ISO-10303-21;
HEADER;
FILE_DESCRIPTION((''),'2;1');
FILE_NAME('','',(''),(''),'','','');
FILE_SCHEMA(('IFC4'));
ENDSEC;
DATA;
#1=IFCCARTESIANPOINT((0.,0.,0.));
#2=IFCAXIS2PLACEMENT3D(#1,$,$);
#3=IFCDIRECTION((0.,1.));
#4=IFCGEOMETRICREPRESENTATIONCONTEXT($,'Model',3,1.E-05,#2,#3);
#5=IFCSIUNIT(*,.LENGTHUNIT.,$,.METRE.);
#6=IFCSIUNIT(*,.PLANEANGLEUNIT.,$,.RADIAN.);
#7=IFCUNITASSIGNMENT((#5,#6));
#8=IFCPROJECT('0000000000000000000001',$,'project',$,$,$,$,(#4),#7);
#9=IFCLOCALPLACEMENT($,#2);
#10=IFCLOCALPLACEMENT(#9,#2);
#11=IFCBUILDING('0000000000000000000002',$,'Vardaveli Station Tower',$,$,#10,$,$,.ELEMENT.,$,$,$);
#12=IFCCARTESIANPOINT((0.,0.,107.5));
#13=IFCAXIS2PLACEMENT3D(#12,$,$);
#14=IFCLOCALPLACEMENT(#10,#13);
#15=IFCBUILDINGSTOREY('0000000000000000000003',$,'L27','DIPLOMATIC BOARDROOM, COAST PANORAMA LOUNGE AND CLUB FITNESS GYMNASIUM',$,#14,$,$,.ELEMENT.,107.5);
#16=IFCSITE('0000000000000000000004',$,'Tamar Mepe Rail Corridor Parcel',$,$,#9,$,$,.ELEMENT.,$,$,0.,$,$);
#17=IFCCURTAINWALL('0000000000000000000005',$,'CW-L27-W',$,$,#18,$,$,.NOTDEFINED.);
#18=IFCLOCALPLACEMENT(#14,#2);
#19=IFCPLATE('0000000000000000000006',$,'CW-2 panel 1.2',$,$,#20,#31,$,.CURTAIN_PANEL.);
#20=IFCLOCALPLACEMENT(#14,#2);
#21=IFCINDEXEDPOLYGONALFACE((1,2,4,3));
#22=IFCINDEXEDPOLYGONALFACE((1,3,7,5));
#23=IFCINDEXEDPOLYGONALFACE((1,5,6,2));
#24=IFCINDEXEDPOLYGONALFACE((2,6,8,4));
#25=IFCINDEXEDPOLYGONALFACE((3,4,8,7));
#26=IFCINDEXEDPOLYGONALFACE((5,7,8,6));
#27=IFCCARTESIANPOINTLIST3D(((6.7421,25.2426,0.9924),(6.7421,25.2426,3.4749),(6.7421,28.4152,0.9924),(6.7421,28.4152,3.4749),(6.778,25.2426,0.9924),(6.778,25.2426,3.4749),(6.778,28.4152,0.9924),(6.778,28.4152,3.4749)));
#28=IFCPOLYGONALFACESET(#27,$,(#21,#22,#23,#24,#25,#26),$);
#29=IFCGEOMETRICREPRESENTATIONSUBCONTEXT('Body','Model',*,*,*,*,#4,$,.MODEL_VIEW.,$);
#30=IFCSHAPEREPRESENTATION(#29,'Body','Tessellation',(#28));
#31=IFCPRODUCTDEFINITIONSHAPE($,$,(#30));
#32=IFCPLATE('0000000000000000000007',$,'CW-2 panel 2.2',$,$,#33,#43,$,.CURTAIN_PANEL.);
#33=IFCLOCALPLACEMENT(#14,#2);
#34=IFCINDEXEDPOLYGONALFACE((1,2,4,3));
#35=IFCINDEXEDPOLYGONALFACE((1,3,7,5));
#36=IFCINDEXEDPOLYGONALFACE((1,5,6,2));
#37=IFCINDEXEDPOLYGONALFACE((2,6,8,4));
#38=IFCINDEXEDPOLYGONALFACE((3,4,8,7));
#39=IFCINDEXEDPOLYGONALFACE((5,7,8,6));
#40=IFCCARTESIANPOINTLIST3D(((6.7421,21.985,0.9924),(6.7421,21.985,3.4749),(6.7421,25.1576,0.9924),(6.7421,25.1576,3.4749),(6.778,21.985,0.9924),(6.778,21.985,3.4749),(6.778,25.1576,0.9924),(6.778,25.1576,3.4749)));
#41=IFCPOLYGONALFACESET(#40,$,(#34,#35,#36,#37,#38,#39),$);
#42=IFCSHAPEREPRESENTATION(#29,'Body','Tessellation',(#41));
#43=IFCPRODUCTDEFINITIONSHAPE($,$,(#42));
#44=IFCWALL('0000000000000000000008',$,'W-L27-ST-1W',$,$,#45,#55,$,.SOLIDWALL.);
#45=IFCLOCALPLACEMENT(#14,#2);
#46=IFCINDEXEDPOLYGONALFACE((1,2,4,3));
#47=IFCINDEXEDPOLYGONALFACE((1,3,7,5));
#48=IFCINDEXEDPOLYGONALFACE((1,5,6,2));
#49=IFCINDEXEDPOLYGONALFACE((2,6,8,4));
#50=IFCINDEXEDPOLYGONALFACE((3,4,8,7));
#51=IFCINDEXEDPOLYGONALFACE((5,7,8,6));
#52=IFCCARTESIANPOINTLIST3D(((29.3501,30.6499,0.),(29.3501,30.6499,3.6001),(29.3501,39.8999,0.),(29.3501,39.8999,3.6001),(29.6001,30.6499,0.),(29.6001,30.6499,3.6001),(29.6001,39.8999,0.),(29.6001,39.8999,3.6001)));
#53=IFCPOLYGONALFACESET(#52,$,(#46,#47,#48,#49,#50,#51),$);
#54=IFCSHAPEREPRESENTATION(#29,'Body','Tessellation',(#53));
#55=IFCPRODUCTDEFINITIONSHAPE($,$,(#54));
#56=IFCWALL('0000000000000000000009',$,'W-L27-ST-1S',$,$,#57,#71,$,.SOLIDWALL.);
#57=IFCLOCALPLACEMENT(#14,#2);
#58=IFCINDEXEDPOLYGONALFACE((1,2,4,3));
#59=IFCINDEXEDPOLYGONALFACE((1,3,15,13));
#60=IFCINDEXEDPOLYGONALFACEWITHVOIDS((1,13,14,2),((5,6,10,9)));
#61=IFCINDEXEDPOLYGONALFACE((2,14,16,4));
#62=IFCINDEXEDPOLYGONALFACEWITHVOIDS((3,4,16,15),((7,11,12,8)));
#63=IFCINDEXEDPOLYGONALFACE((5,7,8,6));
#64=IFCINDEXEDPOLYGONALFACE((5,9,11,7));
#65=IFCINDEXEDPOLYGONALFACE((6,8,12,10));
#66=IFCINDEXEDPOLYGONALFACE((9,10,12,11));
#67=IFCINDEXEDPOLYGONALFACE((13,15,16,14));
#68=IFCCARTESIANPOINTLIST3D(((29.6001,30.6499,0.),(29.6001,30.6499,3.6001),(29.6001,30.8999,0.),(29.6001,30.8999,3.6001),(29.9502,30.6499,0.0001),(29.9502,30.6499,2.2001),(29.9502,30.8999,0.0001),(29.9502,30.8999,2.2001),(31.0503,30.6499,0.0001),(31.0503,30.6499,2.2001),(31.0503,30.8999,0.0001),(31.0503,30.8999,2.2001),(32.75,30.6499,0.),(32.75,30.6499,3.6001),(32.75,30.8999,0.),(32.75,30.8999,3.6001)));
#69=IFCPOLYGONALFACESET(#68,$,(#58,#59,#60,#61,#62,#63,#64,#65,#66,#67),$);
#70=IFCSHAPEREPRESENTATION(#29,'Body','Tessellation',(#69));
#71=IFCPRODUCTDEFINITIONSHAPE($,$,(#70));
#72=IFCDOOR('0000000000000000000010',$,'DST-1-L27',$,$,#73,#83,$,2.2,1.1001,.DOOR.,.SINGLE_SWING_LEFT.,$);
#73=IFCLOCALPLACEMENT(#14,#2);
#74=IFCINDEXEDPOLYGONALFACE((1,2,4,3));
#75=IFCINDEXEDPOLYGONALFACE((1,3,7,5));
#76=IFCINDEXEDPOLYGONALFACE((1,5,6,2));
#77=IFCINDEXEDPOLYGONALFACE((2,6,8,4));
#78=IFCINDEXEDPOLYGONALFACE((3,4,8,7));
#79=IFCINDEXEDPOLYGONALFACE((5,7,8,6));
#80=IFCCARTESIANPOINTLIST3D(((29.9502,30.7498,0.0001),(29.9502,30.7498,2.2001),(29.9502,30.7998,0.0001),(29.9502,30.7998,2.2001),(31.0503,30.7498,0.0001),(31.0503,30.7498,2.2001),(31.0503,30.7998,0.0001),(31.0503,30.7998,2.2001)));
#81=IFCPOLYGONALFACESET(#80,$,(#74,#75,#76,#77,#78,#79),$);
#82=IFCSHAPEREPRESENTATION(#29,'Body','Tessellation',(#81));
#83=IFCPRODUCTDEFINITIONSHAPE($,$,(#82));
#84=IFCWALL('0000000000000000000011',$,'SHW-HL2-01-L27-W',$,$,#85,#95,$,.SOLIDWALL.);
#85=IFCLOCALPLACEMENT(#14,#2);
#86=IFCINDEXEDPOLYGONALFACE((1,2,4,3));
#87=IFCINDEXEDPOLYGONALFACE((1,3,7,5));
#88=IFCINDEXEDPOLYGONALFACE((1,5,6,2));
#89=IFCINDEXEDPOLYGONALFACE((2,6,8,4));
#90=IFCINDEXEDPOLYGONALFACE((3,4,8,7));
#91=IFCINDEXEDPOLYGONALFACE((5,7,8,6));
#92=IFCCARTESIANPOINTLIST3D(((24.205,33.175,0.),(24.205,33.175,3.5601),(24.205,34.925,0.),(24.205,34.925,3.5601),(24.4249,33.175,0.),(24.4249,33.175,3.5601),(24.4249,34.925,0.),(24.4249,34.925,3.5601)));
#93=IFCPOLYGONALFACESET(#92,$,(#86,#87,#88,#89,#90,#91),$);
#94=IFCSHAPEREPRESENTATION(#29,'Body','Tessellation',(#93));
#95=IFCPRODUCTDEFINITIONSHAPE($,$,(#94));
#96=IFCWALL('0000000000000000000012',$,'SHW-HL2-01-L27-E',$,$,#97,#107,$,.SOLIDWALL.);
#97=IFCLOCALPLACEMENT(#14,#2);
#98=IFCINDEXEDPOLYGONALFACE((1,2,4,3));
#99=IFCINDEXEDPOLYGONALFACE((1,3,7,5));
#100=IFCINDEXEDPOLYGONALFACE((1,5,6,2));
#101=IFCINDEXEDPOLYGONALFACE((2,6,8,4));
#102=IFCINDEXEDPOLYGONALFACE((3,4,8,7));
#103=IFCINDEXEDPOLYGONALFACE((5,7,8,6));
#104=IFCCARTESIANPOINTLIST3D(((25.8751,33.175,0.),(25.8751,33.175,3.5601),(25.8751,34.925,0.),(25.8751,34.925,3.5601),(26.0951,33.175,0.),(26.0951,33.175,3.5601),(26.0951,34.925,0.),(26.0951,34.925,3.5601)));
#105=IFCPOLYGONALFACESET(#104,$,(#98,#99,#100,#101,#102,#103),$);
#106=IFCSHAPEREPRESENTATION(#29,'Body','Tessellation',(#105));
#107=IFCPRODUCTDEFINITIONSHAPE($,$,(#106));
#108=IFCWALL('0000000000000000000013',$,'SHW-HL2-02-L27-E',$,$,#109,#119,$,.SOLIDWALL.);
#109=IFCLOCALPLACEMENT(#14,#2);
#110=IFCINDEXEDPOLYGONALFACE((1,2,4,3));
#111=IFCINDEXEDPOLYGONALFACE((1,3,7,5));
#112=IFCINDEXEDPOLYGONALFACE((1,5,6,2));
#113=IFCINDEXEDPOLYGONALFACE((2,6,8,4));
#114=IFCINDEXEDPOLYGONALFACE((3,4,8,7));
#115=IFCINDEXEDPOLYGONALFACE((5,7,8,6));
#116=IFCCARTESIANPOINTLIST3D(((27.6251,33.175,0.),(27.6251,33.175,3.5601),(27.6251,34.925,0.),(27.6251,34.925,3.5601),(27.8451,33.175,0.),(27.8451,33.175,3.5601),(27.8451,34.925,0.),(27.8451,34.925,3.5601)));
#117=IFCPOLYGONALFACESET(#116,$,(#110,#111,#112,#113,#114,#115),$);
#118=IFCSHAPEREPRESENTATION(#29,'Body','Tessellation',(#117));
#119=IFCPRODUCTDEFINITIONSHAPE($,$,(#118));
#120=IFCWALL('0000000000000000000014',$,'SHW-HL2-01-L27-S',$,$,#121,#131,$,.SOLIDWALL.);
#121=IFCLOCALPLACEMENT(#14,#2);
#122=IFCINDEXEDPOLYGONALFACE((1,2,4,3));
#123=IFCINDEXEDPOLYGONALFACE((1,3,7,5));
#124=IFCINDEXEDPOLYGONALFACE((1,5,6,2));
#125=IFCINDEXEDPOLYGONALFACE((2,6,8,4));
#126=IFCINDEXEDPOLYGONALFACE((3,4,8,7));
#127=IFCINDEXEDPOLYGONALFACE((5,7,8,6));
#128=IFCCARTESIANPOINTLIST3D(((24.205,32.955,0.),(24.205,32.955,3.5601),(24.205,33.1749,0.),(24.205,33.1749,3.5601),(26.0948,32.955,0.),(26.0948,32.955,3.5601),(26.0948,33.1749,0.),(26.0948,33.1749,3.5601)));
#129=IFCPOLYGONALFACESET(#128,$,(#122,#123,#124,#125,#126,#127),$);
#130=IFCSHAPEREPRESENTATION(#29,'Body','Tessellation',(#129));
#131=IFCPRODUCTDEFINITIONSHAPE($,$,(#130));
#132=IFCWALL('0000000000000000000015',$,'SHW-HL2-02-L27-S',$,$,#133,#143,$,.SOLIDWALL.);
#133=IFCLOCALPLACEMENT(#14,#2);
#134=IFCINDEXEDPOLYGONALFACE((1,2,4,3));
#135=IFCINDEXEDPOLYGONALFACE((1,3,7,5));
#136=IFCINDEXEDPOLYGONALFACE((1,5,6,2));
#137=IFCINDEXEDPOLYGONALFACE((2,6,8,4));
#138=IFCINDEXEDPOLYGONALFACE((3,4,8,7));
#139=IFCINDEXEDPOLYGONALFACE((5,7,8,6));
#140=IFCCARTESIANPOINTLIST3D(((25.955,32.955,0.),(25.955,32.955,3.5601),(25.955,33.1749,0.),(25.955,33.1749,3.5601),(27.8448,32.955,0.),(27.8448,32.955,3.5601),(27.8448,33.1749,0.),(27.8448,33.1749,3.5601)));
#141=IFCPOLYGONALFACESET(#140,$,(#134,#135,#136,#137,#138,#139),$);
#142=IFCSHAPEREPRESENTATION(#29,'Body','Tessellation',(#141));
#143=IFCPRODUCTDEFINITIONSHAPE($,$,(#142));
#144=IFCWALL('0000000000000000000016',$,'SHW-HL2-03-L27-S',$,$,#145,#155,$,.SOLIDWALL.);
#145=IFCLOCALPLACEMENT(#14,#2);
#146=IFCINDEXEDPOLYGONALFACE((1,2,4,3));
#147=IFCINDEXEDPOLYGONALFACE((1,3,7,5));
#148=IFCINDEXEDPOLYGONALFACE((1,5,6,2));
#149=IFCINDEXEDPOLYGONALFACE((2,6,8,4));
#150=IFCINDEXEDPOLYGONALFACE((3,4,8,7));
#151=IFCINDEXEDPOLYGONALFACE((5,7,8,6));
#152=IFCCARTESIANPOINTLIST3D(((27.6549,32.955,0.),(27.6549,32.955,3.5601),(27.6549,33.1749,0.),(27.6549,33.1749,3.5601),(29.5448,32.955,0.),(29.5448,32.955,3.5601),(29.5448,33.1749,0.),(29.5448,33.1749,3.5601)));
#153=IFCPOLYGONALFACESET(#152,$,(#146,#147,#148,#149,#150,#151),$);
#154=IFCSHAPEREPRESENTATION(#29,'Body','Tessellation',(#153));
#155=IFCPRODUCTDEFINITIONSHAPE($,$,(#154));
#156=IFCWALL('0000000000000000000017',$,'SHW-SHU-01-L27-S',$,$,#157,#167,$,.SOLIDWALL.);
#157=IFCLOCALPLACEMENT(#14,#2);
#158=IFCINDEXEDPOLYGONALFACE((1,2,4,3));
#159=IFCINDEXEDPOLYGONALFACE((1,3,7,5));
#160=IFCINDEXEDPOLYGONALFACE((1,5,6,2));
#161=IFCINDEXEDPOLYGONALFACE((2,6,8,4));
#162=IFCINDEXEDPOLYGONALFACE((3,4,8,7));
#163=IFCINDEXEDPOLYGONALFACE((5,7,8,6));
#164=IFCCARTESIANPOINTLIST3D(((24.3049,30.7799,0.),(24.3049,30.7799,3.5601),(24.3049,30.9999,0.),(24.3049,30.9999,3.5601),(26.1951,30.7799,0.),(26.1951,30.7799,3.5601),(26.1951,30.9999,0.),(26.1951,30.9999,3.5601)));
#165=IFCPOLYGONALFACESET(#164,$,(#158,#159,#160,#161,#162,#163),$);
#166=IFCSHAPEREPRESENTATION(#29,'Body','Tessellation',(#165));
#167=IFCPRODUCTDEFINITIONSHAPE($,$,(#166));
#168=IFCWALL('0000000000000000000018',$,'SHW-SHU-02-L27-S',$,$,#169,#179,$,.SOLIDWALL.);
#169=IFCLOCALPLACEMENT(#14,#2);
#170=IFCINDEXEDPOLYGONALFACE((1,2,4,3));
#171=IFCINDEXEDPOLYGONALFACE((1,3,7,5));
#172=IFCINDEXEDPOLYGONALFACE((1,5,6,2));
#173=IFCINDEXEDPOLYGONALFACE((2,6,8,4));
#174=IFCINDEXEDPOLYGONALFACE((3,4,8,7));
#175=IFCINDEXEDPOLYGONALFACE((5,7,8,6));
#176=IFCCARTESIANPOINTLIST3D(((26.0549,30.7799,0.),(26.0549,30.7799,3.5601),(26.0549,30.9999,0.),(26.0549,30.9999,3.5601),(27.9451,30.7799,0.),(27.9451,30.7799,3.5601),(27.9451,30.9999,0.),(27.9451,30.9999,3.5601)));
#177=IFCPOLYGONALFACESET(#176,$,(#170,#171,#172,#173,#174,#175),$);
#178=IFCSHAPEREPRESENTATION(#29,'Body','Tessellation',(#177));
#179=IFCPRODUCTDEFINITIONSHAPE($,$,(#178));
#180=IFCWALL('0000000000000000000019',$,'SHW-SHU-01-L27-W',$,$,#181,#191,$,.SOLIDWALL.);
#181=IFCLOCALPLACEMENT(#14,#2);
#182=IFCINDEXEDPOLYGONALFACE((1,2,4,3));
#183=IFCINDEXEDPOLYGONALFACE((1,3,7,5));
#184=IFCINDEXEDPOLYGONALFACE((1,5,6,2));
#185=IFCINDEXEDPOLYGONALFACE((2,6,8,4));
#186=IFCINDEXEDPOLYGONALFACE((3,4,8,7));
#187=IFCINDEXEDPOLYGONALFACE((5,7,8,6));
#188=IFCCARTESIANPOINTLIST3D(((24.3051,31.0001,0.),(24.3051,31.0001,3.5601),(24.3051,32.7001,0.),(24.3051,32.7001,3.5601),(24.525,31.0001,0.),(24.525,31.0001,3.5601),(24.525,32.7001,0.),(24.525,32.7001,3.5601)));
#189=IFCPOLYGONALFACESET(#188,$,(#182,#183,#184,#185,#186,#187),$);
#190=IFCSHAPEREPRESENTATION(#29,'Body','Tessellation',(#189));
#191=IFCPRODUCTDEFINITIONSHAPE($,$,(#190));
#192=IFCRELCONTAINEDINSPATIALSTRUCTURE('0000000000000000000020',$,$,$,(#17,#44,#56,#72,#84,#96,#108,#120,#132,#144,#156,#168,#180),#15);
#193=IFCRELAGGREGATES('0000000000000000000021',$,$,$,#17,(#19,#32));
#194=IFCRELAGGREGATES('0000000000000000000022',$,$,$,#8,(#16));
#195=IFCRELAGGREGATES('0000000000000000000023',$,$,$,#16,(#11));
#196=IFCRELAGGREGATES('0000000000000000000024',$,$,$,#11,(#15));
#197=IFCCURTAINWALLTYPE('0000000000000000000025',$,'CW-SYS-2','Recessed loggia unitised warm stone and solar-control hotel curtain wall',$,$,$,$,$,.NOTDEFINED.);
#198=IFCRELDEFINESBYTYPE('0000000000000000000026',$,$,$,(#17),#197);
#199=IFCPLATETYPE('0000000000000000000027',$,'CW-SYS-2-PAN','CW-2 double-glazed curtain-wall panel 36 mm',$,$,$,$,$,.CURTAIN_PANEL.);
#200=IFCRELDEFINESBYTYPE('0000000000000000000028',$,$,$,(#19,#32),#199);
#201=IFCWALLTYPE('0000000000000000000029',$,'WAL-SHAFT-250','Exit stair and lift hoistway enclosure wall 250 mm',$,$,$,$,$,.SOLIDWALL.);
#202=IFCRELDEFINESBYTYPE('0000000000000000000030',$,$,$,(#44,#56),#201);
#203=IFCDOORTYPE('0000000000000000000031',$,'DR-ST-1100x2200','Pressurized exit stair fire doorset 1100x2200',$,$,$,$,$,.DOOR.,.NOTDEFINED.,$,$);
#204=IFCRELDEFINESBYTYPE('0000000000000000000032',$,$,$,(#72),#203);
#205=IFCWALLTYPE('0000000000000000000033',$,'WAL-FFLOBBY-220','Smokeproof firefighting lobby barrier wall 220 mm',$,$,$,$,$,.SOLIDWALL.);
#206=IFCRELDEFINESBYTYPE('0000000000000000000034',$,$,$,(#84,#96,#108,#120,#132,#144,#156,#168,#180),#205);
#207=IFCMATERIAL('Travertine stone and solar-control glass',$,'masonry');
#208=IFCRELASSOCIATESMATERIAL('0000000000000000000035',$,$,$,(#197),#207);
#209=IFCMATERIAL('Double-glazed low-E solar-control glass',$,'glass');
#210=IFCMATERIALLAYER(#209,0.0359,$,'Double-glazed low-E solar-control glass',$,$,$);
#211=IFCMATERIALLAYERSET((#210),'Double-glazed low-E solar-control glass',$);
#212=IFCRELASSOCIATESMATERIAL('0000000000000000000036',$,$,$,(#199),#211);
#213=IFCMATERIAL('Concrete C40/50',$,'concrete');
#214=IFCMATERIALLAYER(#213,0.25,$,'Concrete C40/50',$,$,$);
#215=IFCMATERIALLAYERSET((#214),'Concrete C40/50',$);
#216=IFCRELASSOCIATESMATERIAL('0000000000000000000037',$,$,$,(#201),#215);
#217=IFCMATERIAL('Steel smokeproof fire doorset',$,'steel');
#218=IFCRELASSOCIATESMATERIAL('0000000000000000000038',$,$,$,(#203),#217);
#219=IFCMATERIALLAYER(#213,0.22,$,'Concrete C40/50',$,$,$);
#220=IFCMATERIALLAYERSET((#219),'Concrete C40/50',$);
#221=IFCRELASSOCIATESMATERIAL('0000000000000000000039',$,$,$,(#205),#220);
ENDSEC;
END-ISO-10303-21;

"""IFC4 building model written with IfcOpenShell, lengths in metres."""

from ifc_helpers import new_model, si_unit, direction, frame, frame_2d, origin, origin_2d, place, context, subcontext, project, spatial, rectangle, extrude, source, transform, mapped, material, layer, layer_set, type_object, element, fill, aggregate, save


model = new_model("IFC4")

# Units and contexts
model_context = context("Model", 3, precision=1e-05, world=origin(), true_north=direction((0.0, 1.0)))
body_context = subcontext(model_context, "Body", "Model", "MODEL_VIEW")
ifc_project = project(units=[si_unit("LENGTHUNIT", "METRE"), si_unit("PLANEANGLEUNIT", "RADIAN")], contexts=[model_context])

# Site, building, storey
site_placement = place(None, origin())
site = spatial("IfcSite", under=ifc_project, at=site_placement, Name="Tamar Mepe Rail Corridor Parcel", CompositionType="ELEMENT", RefElevation=0.0)
building_placement = place(site_placement, origin())
building = spatial("IfcBuilding", under=site, at=building_placement, Name="Vardaveli Station Tower", CompositionType="ELEMENT")
storey_placement = place(building_placement, frame((0.0, 0.0, 107.5)))
storey = spatial("IfcBuildingStorey", under=building, at=storey_placement, Name="L27", Description="DIPLOMATIC BOARDROOM, COAST PANORAMA LOUNGE AND CLUB FITNESS GYMNASIUM", CompositionType="ELEMENT", Elevation=107.5)

# Curtain wall, plates
ifc_material_1 = material(Name="Travertine stone and solar-control glass", Category="masonry")
curtain_wall_type = type_object("IfcCurtainWallType", Name="CW-SYS-2", Description="Recessed loggia unitised warm stone and solar-control hotel curtain wall", PredefinedType="NOTDEFINED", material=ifc_material_1)
curtain_wall_placement = place(storey_placement, origin())
curtain_wall = element("IfcCurtainWall", 1, at=curtain_wall_placement, inside=storey, type_object=curtain_wall_type, Name="CW-L27-W", PredefinedType="NOTDEFINED")
ifc_material_2 = material(Name="Double-glazed low-E solar-control glass", Category="glass")
ifc_layer_1 = layer(ifc_material_2, 0.0359, Name="Double-glazed low-E solar-control glass")
ifc_layer_set_1 = layer_set([ifc_layer_1], Name="Double-glazed low-E solar-control glass")
plate_type = type_object("IfcPlateType", Name="CW-SYS-2-PAN", Description="CW-2 double-glazed curtain-wall panel 36 mm", PredefinedType="CURTAIN_PANEL", material=ifc_layer_set_1)
shared_shape_1 = source(origin(), body_context, "Body", "SweptSolid", [
    extrude(rectangle(XDim=3.1726, YDim=0.0359, at=origin_2d()), origin(), (0.0, 0.0, 1.0), 2.4824),
])
plate_1_placement = place(storey_placement, frame((6.76, 26.8289, 0.9924), z_axis=(0.0, 0.0, 1.0), x_axis=(0.0, -1.0, 0.0)))
plate_1 = element("IfcPlate", 2, at=plate_1_placement, type_object=plate_type, Name="CW-2 panel 1.2", PredefinedType="CURTAIN_PANEL", context=body_context, shape_type="MappedRepresentation", body=[
    mapped(shared_shape_1, transform((0.0, 0.0, 0.0), scale=1.0)),
])
plate_2_placement = place(storey_placement, frame((6.76, 23.5713, 0.9924), z_axis=(0.0, 0.0, 1.0), x_axis=(0.0, -1.0, 0.0)))
plate_2 = element("IfcPlate", 3, at=plate_2_placement, type_object=plate_type, Name="CW-2 panel 2.2", PredefinedType="CURTAIN_PANEL", context=body_context, shape_type="MappedRepresentation", body=[
    mapped(shared_shape_1, transform((0.0, 0.0, 0.0), scale=1.0)),
])
aggregate(curtain_wall, [plate_1, plate_2])

# Wall
ifc_material_3 = material(Name="Concrete C40/50", Category="concrete")
ifc_layer_2 = layer(ifc_material_3, 0.25, Name="Concrete C40/50")
ifc_layer_set_2 = layer_set([ifc_layer_2], Name="Concrete C40/50")
wall_type_1 = type_object("IfcWallType", Name="WAL-SHAFT-250", Description="Exit stair and lift hoistway enclosure wall 250 mm", PredefinedType="SOLIDWALL", material=ifc_layer_set_2)
shared_shape_2 = source(origin(), body_context, "Body", "SweptSolid", [
    extrude(rectangle(XDim=9.25, YDim=0.25, at=frame_2d((4.625, 0.0))), origin(), (0.0, 0.0, 1.0), 3.6001),
])
wall_1_placement = place(storey_placement, frame((29.4751, 30.6499, 0.0), z_axis=(0.0, 0.0, 1.0), x_axis=(0.0, 1.0, 0.0)))
element("IfcWall", 4, at=wall_1_placement, inside=storey, type_object=wall_type_1, Name="W-L27-ST-1W", PredefinedType="SOLIDWALL", context=body_context, shape_type="MappedRepresentation", body=[
    mapped(shared_shape_2, transform((0.0, 0.0, 0.0), scale=1.0)),
])

# Wall, opening, door
shared_shape_3 = source(origin(), body_context, "Body", "SweptSolid", [
    extrude(rectangle(XDim=3.1499, YDim=0.25, at=frame_2d((1.575, 0.0))), origin(), (0.0, 0.0, 1.0), 3.6001),
])
wall_2_placement = place(storey_placement, frame((29.6001, 30.7749, 0.0), z_axis=(0.0, 0.0, 1.0), x_axis=(1.0, 0.0, 0.0)))
wall_2 = element("IfcWall", 5, at=wall_2_placement, inside=storey, type_object=wall_type_1, Name="W-L27-ST-1S", PredefinedType="SOLIDWALL", context=body_context, shape_type="MappedRepresentation", body=[
    mapped(shared_shape_3, transform((0.0, 0.0, 0.0), scale=1.0)),
])
shared_shape_4 = source(origin(), body_context, "Body", "SweptSolid", [
    extrude(rectangle(XDim=1.1001, YDim=2.2, at=frame_2d((0.55, 1.1001))), frame((0.0, 0.135, 0.0), z_axis=(0.0, -1.0, 0.0), x_axis=(1.0, 0.0, 0.0)), (0.0, 0.0, 1.0), 0.27),
])
opening_placement = place(wall_2_placement, frame((0.3501, 0.0, 0.0)))
opening = element("IfcOpeningElement", 6, at=opening_placement, cuts=wall_2, PredefinedType="OPENING", context=body_context, shape_type="MappedRepresentation", body=[
    mapped(shared_shape_4, transform((0.0, 0.0, 0.0), scale=1.0)),
])
ifc_material_4 = material(Name="Steel smokeproof fire doorset", Category="steel")
door_type = type_object("IfcDoorType", Name="DR-ST-1100x2200", Description="Pressurized exit stair fire doorset 1100x2200", OperationType="NOTDEFINED", PredefinedType="DOOR", material=ifc_material_4)
shared_shape_5 = source(origin(), body_context, "Body", "SweptSolid", [
    extrude(rectangle(XDim=1.1001, YDim=2.2, at=frame_2d((0.55, 1.1001))), frame((0.0, 0.0249, 0.0), z_axis=(0.0, -1.0, 0.0), x_axis=(1.0, 0.0, 0.0)), (0.0, 0.0, 1.0), 0.05),
])
door_placement = place(opening_placement, origin())
door = element("IfcDoor", 7, at=door_placement, inside=storey, type_object=door_type, Name="DST-1-L27", OperationType="SINGLE_SWING_LEFT", OverallHeight=2.2, OverallWidth=1.1001, PredefinedType="DOOR", context=body_context, shape_type="MappedRepresentation", body=[
    mapped(shared_shape_5, transform((0.0, 0.0, 0.0), scale=1.0)),
])
fill(opening, door)

# Walls
ifc_layer_3 = layer(ifc_material_3, 0.22, Name="Concrete C40/50")
ifc_layer_set_3 = layer_set([ifc_layer_3], Name="Concrete C40/50")
wall_type_2 = type_object("IfcWallType", Name="WAL-FFLOBBY-220", Description="Smokeproof firefighting lobby barrier wall 220 mm", PredefinedType="SOLIDWALL", material=ifc_layer_set_3)
shared_shape_6 = source(origin(), body_context, "Body", "SweptSolid", [
    extrude(rectangle(XDim=1.75, YDim=0.22, at=frame_2d((0.875, 0.0))), origin(), (0.0, 0.0, 1.0), 3.5601),
])
for number, where, z_axis, x_axis, name in (
    (8, (24.3149, 33.175, 0.0), (0.0, 0.0, 1.0), (0.0, 1.0, 0.0), "SHW-HL2-01-L27-W"),
    (9, (25.9851, 33.175, 0.0), (0.0, 0.0, 1.0), (0.0, 1.0, 0.0), "SHW-HL2-01-L27-E"),
    (10, (27.7351, 33.175, 0.0), (0.0, 0.0, 1.0), (0.0, 1.0, 0.0), "SHW-HL2-02-L27-E"),
):
    element("IfcWall", number, at=place(storey_placement, frame(where, z_axis=z_axis, x_axis=x_axis)), inside=storey, type_object=wall_type_2, Name=name, PredefinedType="SOLIDWALL", context=body_context, shape_type="MappedRepresentation", body=[
        mapped(shared_shape_6, transform((0.0, 0.0, 0.0), scale=1.0)),
    ])
shared_shape_7 = source(origin(), body_context, "Body", "SweptSolid", [
    extrude(rectangle(XDim=1.8899, YDim=0.22, at=frame_2d((0.9448, 0.0))), origin(), (0.0, 0.0, 1.0), 3.5601),
])
for number, where, z_axis, x_axis, name in (
    (11, (24.2051, 33.0649, 0.0), (0.0, 0.0, 1.0), (1.0, 0.0, 0.0), "SHW-HL2-01-L27-S"),
    (12, (25.9551, 33.0649, 0.0), (0.0, 0.0, 1.0), (1.0, 0.0, 0.0), "SHW-HL2-02-L27-S"),
    (13, (27.655, 33.0649, 0.0), (0.0, 0.0, 1.0), (1.0, 0.0, 0.0), "SHW-HL2-03-L27-S"),
):
    element("IfcWall", number, at=place(storey_placement, frame(where, z_axis=z_axis, x_axis=x_axis)), inside=storey, type_object=wall_type_2, Name=name, PredefinedType="SOLIDWALL", context=body_context, shape_type="MappedRepresentation", body=[
        mapped(shared_shape_7, transform((0.0, 0.0, 0.0), scale=1.0)),
    ])
shared_shape_8 = source(origin(), body_context, "Body", "SweptSolid", [
    extrude(rectangle(XDim=1.8901, YDim=0.22, at=frame_2d((0.9451, 0.0))), origin(), (0.0, 0.0, 1.0), 3.5601),
])
for number, where, z_axis, x_axis, name in (
    (14, (24.3049, 30.8899, 0.0), (0.0, 0.0, 1.0), (1.0, 0.0, 0.0), "SHW-SHU-01-L27-S"),
    (15, (26.0549, 30.8899, 0.0), (0.0, 0.0, 1.0), (1.0, 0.0, 0.0), "SHW-SHU-02-L27-S"),
):
    element("IfcWall", number, at=place(storey_placement, frame(where, z_axis=z_axis, x_axis=x_axis)), inside=storey, type_object=wall_type_2, Name=name, PredefinedType="SOLIDWALL", context=body_context, shape_type="MappedRepresentation", body=[
        mapped(shared_shape_8, transform((0.0, 0.0, 0.0), scale=1.0)),
    ])
shared_shape_9 = source(origin(), body_context, "Body", "SweptSolid", [
    extrude(rectangle(XDim=1.7, YDim=0.22, at=frame_2d((0.8501, 0.0))), origin(), (0.0, 0.0, 1.0), 3.5601),
])
for number, where, z_axis, x_axis, name in (
    (16, (24.415, 31.0, 0.0), (0.0, 0.0, 1.0), (0.0, 1.0, 0.0), "SHW-SHU-01-L27-W"),
):
    element("IfcWall", number, at=place(storey_placement, frame(where, z_axis=z_axis, x_axis=x_axis)), inside=storey, type_object=wall_type_2, Name=name, PredefinedType="SOLIDWALL", context=body_context, shape_type="MappedRepresentation", body=[
        mapped(shared_shape_9, transform((0.0, 0.0, 0.0), scale=1.0)),
    ])

save(model, "model.ifc")
